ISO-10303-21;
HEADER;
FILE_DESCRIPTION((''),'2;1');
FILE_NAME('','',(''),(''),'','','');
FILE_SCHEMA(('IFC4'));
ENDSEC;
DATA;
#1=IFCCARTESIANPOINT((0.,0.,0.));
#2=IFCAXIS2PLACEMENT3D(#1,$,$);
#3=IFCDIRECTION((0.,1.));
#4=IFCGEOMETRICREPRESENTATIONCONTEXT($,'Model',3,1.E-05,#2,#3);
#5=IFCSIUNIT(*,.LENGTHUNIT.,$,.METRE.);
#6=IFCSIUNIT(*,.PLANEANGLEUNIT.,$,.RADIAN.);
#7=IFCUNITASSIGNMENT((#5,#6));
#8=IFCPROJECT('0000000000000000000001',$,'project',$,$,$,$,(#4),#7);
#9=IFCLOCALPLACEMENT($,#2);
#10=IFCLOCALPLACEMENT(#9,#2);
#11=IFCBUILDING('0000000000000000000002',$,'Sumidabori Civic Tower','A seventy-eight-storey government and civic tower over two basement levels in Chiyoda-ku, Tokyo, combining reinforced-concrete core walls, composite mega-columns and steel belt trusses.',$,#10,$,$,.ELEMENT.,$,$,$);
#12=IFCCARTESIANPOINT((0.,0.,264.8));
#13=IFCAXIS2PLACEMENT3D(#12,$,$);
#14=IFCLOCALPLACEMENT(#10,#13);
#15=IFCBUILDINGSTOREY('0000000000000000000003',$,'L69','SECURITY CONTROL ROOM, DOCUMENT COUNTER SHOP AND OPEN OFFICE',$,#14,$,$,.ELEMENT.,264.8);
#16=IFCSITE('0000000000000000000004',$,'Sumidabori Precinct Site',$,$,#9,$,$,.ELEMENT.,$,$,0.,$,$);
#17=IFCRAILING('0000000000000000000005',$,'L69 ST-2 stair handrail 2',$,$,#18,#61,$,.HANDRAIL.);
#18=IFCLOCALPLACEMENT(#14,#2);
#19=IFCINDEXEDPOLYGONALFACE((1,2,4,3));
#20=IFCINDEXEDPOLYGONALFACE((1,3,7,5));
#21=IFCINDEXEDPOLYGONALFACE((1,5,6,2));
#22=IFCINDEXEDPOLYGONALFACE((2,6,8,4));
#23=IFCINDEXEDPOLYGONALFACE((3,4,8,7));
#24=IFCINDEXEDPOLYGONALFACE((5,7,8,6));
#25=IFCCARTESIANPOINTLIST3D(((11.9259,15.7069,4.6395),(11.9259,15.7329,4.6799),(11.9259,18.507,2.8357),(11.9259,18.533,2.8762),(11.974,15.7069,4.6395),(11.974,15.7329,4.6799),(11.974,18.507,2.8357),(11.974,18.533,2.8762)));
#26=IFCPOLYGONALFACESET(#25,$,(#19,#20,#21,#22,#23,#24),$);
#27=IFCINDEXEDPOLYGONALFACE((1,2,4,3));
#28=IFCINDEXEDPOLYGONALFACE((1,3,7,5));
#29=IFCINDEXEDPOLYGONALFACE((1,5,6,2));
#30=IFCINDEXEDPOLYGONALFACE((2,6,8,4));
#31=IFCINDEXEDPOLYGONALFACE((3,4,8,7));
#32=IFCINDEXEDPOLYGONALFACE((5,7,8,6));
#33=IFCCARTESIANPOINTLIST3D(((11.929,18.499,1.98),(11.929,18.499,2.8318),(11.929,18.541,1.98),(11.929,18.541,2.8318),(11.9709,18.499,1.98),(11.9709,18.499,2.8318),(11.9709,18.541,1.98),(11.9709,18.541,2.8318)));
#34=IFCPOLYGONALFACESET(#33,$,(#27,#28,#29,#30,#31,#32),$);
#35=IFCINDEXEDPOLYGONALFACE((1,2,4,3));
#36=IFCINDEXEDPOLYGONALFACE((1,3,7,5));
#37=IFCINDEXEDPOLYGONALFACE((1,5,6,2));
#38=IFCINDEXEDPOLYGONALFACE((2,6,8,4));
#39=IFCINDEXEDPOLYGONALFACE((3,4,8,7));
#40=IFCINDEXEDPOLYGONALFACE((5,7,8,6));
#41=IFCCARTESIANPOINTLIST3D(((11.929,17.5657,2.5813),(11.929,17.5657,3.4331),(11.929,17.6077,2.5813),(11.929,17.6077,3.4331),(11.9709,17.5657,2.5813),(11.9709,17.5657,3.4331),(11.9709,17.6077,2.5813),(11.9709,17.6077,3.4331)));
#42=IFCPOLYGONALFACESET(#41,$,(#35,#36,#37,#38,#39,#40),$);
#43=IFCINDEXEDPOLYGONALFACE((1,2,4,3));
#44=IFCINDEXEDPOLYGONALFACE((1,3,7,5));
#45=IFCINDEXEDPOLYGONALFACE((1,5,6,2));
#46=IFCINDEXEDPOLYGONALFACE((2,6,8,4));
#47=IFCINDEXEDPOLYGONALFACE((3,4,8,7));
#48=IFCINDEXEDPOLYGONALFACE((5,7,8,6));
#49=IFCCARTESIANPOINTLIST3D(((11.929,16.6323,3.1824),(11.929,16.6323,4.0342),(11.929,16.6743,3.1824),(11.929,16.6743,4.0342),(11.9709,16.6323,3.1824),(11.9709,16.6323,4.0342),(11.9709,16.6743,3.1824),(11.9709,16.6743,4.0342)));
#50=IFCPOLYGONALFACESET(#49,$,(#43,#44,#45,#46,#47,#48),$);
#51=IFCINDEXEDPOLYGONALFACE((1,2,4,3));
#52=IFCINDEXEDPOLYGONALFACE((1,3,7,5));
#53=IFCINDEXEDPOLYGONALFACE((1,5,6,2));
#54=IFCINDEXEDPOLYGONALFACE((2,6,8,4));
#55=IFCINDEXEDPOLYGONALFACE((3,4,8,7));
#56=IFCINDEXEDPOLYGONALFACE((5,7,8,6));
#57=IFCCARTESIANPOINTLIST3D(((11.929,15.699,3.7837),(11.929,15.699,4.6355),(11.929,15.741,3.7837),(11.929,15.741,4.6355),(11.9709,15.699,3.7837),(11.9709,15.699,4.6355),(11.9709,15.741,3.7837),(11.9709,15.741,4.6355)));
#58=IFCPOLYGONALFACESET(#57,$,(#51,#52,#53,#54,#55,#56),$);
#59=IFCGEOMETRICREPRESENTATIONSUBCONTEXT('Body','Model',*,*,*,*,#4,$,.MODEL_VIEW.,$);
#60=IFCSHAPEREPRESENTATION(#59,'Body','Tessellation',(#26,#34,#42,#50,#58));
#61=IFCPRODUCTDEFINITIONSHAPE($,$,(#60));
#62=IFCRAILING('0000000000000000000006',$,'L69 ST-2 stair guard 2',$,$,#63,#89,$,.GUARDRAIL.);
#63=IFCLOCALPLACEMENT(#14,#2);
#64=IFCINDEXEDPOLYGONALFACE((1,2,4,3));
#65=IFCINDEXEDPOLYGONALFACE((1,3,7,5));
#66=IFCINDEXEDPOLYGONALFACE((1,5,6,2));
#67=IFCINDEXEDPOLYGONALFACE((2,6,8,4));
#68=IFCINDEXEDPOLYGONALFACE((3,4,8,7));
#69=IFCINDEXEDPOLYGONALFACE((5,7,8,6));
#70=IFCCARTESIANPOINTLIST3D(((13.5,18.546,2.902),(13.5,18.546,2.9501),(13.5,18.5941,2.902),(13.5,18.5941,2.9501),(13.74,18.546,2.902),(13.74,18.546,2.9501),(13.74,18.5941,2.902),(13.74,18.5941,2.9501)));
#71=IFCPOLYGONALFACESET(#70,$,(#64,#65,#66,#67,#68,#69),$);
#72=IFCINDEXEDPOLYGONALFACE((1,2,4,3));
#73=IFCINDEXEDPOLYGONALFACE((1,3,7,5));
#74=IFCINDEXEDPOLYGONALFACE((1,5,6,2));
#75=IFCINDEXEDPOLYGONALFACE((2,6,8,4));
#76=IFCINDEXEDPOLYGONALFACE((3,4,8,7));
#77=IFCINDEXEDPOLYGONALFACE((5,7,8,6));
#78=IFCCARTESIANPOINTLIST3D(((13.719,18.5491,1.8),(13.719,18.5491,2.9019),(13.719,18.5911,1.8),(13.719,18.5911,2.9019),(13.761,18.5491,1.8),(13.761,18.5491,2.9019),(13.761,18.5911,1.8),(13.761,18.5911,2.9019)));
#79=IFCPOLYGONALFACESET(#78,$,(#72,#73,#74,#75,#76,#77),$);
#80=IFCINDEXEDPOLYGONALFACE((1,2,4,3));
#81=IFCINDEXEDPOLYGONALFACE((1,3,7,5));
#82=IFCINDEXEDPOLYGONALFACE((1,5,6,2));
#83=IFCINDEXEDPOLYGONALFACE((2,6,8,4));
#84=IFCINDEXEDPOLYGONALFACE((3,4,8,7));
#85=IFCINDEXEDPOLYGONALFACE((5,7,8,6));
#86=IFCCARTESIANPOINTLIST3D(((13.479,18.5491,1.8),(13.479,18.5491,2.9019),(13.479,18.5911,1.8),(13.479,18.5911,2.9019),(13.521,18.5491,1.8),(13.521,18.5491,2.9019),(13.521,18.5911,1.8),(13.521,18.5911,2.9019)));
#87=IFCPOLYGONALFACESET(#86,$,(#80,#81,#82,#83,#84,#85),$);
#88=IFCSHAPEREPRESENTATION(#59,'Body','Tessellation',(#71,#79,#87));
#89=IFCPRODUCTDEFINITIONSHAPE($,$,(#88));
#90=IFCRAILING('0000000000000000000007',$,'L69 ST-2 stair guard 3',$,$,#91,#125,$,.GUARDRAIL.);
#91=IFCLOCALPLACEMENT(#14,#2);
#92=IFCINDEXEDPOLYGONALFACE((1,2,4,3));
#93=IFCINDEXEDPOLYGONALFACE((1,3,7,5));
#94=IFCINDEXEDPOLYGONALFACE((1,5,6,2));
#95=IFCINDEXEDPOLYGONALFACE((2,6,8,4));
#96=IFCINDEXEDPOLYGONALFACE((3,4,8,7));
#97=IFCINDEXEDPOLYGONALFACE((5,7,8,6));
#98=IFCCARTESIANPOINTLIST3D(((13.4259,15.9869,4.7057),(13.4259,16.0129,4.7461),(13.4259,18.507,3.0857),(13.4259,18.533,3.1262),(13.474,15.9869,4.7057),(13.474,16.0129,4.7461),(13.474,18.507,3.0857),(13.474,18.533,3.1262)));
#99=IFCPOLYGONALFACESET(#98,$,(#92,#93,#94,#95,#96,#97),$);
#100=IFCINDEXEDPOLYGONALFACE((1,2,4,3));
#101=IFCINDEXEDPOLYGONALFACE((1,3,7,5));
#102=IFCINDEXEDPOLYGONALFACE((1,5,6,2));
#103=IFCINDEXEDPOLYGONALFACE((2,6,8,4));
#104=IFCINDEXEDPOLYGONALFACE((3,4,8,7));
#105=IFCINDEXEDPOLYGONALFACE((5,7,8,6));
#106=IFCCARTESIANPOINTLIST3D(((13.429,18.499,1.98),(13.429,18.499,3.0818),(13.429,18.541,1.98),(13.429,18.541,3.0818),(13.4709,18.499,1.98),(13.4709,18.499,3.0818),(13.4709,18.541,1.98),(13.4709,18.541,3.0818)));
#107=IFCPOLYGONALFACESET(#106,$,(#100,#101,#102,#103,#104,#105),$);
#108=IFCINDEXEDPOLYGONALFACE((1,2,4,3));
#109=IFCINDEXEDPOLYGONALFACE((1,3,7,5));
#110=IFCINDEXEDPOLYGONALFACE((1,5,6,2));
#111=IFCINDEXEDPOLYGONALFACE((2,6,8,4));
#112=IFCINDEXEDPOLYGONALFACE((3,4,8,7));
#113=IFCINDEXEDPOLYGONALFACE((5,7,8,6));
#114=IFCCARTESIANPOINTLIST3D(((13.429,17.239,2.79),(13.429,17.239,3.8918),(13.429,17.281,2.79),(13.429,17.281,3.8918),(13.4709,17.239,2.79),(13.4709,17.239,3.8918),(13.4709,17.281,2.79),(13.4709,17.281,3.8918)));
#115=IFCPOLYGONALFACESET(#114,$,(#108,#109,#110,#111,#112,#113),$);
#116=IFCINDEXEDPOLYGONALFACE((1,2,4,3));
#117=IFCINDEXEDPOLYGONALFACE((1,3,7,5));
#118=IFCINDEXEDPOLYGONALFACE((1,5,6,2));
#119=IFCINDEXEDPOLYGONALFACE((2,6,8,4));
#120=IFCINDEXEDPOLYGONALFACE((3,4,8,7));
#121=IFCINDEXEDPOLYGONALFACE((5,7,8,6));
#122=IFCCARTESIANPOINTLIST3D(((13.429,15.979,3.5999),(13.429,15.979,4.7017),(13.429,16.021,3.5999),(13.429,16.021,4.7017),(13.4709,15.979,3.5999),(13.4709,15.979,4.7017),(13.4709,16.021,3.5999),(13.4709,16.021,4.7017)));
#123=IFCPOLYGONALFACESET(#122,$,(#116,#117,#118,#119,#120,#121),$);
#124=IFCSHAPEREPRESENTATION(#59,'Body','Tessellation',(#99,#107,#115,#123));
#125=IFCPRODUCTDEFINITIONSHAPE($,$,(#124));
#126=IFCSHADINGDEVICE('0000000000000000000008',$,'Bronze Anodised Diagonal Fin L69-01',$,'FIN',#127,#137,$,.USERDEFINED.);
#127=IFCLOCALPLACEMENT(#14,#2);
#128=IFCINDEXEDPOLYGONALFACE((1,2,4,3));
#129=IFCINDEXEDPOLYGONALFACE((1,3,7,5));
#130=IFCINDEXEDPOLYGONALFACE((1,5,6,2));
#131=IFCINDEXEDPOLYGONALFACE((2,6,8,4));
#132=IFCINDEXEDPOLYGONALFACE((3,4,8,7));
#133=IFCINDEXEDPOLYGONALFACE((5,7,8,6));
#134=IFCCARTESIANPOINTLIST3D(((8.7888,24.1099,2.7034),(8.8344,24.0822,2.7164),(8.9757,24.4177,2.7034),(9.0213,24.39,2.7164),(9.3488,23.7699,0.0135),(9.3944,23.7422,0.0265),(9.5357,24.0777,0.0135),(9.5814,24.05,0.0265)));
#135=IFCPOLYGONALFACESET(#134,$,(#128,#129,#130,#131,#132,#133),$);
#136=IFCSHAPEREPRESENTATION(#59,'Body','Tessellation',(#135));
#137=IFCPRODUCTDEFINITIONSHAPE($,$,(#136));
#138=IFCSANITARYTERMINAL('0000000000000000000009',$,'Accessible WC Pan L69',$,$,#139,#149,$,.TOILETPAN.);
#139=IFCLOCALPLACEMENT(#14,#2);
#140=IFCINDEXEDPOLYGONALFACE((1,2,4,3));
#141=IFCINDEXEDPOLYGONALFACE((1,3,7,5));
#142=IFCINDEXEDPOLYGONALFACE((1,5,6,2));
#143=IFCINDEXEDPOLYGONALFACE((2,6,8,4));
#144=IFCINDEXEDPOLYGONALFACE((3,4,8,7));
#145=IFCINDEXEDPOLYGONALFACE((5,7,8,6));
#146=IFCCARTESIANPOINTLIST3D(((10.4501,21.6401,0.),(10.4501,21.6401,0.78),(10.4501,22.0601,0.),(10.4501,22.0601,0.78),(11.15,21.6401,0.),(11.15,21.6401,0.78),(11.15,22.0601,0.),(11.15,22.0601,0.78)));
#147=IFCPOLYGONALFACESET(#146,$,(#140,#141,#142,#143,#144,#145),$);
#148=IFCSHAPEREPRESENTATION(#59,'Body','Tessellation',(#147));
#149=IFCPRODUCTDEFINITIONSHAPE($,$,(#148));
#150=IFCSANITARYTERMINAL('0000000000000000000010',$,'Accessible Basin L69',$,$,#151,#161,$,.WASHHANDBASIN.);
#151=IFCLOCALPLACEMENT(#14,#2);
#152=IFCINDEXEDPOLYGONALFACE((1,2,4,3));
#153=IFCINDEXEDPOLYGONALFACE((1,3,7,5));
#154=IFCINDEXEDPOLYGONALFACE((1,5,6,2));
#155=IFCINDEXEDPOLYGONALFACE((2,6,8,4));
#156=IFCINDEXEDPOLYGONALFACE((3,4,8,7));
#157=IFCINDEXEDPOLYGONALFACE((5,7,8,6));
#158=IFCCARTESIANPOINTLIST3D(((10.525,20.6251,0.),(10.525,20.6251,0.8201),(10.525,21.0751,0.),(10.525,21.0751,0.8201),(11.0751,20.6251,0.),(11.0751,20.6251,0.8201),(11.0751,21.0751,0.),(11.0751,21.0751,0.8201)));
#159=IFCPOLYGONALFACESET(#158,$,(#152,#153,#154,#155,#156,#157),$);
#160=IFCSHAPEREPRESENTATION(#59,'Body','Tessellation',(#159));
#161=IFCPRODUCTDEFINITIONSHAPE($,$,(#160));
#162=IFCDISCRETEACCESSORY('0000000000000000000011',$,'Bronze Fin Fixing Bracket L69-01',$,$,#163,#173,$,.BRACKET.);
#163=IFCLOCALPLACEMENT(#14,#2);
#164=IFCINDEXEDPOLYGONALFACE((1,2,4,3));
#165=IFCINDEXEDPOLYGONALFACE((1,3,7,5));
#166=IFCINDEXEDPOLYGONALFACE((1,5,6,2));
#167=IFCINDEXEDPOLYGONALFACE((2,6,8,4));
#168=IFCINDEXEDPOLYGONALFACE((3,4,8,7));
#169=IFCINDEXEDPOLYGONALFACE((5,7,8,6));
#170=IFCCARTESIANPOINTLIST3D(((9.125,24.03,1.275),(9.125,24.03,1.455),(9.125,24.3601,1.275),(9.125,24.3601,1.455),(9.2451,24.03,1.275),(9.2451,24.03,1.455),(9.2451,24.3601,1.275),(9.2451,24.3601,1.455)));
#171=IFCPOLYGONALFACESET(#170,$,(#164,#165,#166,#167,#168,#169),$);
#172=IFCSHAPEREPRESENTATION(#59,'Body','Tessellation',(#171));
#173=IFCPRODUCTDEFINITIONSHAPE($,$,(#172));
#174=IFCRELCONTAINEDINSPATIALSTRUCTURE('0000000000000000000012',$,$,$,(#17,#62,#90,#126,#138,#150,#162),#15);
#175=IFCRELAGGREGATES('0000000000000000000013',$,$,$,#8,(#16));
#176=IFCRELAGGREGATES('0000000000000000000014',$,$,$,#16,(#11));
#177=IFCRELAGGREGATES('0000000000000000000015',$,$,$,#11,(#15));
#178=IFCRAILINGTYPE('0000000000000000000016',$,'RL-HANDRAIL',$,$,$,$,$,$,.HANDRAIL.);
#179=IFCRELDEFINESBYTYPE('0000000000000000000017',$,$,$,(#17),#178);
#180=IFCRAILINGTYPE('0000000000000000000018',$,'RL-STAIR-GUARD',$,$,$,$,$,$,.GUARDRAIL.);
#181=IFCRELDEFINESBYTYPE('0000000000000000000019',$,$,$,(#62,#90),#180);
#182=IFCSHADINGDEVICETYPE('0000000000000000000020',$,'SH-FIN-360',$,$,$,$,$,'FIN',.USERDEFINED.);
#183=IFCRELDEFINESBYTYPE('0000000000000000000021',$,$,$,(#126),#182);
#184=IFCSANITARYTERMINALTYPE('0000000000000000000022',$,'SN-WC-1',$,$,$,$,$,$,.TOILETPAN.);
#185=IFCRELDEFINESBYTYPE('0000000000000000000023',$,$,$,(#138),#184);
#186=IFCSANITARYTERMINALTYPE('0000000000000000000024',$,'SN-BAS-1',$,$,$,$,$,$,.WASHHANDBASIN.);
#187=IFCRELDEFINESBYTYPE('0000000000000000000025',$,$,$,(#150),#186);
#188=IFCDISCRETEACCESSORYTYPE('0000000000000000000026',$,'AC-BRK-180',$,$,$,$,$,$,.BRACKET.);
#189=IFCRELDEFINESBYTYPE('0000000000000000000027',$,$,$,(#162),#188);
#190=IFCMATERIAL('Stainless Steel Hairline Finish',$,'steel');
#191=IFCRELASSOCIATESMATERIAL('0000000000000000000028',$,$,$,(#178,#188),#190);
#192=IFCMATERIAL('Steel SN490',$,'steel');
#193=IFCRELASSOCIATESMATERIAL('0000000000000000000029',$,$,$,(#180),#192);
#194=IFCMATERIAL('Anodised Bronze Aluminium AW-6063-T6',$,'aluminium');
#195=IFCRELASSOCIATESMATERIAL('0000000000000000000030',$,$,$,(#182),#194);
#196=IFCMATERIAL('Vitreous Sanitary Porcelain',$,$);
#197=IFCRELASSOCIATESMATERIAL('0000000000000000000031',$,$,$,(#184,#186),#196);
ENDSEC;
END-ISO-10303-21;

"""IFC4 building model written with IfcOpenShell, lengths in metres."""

from ifc_helpers import new_model, si_unit, direction, frame, origin, origin_2d, place, context, subcontext, project, spatial, rectangle, extrude, source, transform, mapped, material, material_profile, profile_set, type_object, element, save


model = new_model("IFC4")

# Units and contexts
model_context = context("Model", 3, precision=1e-05, world=origin(), true_north=direction((0.0, 1.0)))
body_context = subcontext(model_context, "Body", "Model", "MODEL_VIEW")
ifc_project = project(units=[si_unit("LENGTHUNIT", "METRE"), si_unit("PLANEANGLEUNIT", "RADIAN")], contexts=[model_context])

# Site, building, storey
site_placement = place(None, origin())
site = spatial("IfcSite", under=ifc_project, at=site_placement, Name="Sumidabori Precinct Site", CompositionType="ELEMENT", RefElevation=0.0)
building_placement = place(site_placement, origin())
building = spatial("IfcBuilding", under=site, at=building_placement, Name="Sumidabori Civic Tower", Description="A seventy-eight-storey government and civic tower over two basement levels in Chiyoda-ku, Tokyo, combining reinforced-concrete core walls, composite mega-columns and steel belt trusses.", CompositionType="ELEMENT")
storey_placement = place(building_placement, frame((0.0, 0.0, 264.8)))
storey = spatial("IfcBuildingStorey", under=building, at=storey_placement, Name="L69", Description="SECURITY CONTROL ROOM, DOCUMENT COUNTER SHOP AND OPEN OFFICE", CompositionType="ELEMENT", Elevation=264.8)

# Shared definitions
ifc_material_1 = material(Name="Steel SN490", Category="steel")

# Shared definitions
ifc_material_2 = material(Name="Anodised Bronze Aluminium AW-6063-T6", Category="aluminium")

# Railings
ifc_material_3 = material(Name="Stainless Steel Hairline Finish", Category="steel")
railing_type_1 = type_object("IfcRailingType", Name="RL-HANDRAIL", PredefinedType="HANDRAIL", material=ifc_material_3)
railing_1_placement = place(storey_placement, frame((11.95, 18.52, 1.98)))
element("IfcRailing", 1, at=railing_1_placement, inside=storey, type_object=railing_type_1, Name="L69 ST-2 stair handrail 2", PredefinedType="HANDRAIL", context=body_context, shape_type="SweptSolid", body=[
    extrude(rectangle(XDim=0.0481, YDim=0.0481, at=origin_2d()), frame((0.0, 0.0, 0.876), z_axis=(0.0, -0.840676, 0.541539), x_axis=(1.0, 0.0, 0.0)), (0.0, 0.0, 1.0), 3.3308),
    extrude(rectangle(XDim=0.042, YDim=0.042, at=origin_2d()), origin(), (0.0, 0.0, 1.0), 0.8518),
    extrude(rectangle(XDim=0.042, YDim=0.042, at=origin_2d()), frame((0.0, -0.9333, 0.6013)), (0.0, 0.0, 1.0), 0.8518),
    extrude(rectangle(XDim=0.042, YDim=0.042, at=origin_2d()), frame((0.0, -1.8667, 1.2024)), (0.0, 0.0, 1.0), 0.8518),
    extrude(rectangle(XDim=0.042, YDim=0.042, at=origin_2d()), frame((0.0, -2.8, 1.8037)), (0.0, 0.0, 1.0), 0.8518),
])
railing_type_2 = type_object("IfcRailingType", Name="RL-STAIR-GUARD", PredefinedType="GUARDRAIL", material=ifc_material_1)
railing_2_placement = place(storey_placement, frame((13.74, 18.5701, 1.8)))
element("IfcRailing", 2, at=railing_2_placement, inside=storey, type_object=railing_type_2, Name="L69 ST-2 stair guard 2", PredefinedType="GUARDRAIL", context=body_context, shape_type="SweptSolid", body=[
    extrude(rectangle(XDim=0.0481, YDim=0.0481, at=origin_2d()), frame((0.0, 0.0, 1.126), z_axis=(-1.0, 0.0, 0.0), x_axis=(0.0, -1.0, 0.0)), (0.0, 0.0, 1.0), 0.24),
    extrude(rectangle(XDim=0.042, YDim=0.042, at=origin_2d()), origin(), (0.0, 0.0, 1.0), 1.1018),
    extrude(rectangle(XDim=0.042, YDim=0.042, at=origin_2d()), frame((-0.24, 0.0, 0.0)), (0.0, 0.0, 1.0), 1.1018),
])
railing_3_placement = place(storey_placement, frame((13.45, 18.52, 1.98)))
element("IfcRailing", 3, at=railing_3_placement, inside=storey, type_object=railing_type_2, Name="L69 ST-2 stair guard 3", PredefinedType="GUARDRAIL", context=body_context, shape_type="SweptSolid", body=[
    extrude(rectangle(XDim=0.0481, YDim=0.0481, at=origin_2d()), frame((0.0, 0.0, 1.126), z_axis=(0.0, -0.8412, 0.540725), x_axis=(1.0, 0.0, 0.0)), (0.0, 0.0, 1.0), 2.9958),
    extrude(rectangle(XDim=0.042, YDim=0.042, at=origin_2d()), origin(), (0.0, 0.0, 1.0), 1.1018),
    extrude(rectangle(XDim=0.042, YDim=0.042, at=origin_2d()), frame((0.0, -1.26, 0.8101)), (0.0, 0.0, 1.0), 1.1018),
    extrude(rectangle(XDim=0.042, YDim=0.042, at=origin_2d()), frame((0.0, -2.52, 1.6199)), (0.0, 0.0, 1.0), 1.1018),
])

# Shading device
ifc_material_profile_1 = material_profile(ifc_material_2, rectangle(XDim=0.0549, YDim=0.3601, at=origin_2d()), Name="BRONZE FIN 360x55")
ifc_profile_set_1 = profile_set([ifc_material_profile_1], Name="Anodised Bronze Aluminium AW-6063-T6")
shading_device_type = type_object("IfcShadingDeviceType", Name="SH-FIN-360", ElementType="FIN", PredefinedType="USERDEFINED", material=ifc_profile_set_1)
shared_shape_1 = source(origin(), body_context, "Body", "SweptSolid", [
    extrude(rectangle(XDim=0.0549, YDim=0.3601, at=origin_2d()), origin(), (0.0, 0.0, 1.0), 2.7686),
])
shading_device_placement = place(storey_placement, frame((9.4651, 23.9099, 0.02), z_axis=(-0.20229, 0.122838, 0.971591), x_axis=(0.83047, -0.504291, 0.236665)))
element("IfcShadingDevice", 4, at=shading_device_placement, inside=storey, type_object=shading_device_type, Name="Bronze Anodised Diagonal Fin L69-01", ObjectType="FIN", PredefinedType="USERDEFINED", context=body_context, shape_type="MappedRepresentation", body=[
    mapped(shared_shape_1, transform((0.0, 0.0, 0.0), x_axis=(1.0, 0.0, 0.0), y_axis=(0.0, 1.0, 0.0), z_axis=(0.0, 0.0, 1.0), scale=1.0)),
])

# Sanitary terminals
ifc_material_4 = material(Name="Vitreous Sanitary Porcelain")
sanitary_terminal_type_1 = type_object("IfcSanitaryTerminalType", Name="SN-WC-1", PredefinedType="TOILETPAN", material=ifc_material_4)
shared_shape_2 = source(origin(), body_context, "Body", "SweptSolid", [
    extrude(rectangle(XDim=0.7, YDim=0.4199, at=origin_2d()), origin(), (0.0, 0.0, 1.0), 0.78),
])
sanitary_terminal_1_placement = place(storey_placement, frame((10.8, 21.8501, 0.0), z_axis=(0.0, 0.0, 1.0), x_axis=(1.0, 0.0, 0.0)))
element("IfcSanitaryTerminal", 5, at=sanitary_terminal_1_placement, inside=storey, type_object=sanitary_terminal_type_1, Name="Accessible WC Pan L69", PredefinedType="TOILETPAN", context=body_context, shape_type="MappedRepresentation", body=[
    mapped(shared_shape_2, transform((0.0, 0.0, 0.0), x_axis=(1.0, 0.0, 0.0), y_axis=(0.0, 1.0, 0.0), z_axis=(0.0, 0.0, 1.0), scale=1.0)),
])
sanitary_terminal_type_2 = type_object("IfcSanitaryTerminalType", Name="SN-BAS-1", PredefinedType="WASHHANDBASIN", material=ifc_material_4)
shared_shape_3 = source(origin(), body_context, "Body", "SweptSolid", [
    extrude(rectangle(XDim=0.55, YDim=0.45, at=origin_2d()), origin(), (0.0, 0.0, 1.0), 0.8201),
])
sanitary_terminal_2_placement = place(storey_placement, frame((10.8, 20.8501, 0.0), z_axis=(0.0, 0.0, 1.0), x_axis=(1.0, 0.0, 0.0)))
element("IfcSanitaryTerminal", 6, at=sanitary_terminal_2_placement, inside=storey, type_object=sanitary_terminal_type_2, Name="Accessible Basin L69", PredefinedType="WASHHANDBASIN", context=body_context, shape_type="MappedRepresentation", body=[
    mapped(shared_shape_3, transform((0.0, 0.0, 0.0), x_axis=(1.0, 0.0, 0.0), y_axis=(0.0, 1.0, 0.0), z_axis=(0.0, 0.0, 1.0), scale=1.0)),
])

# Discrete accessory
ifc_material_profile_2 = material_profile(ifc_material_3, rectangle(XDim=0.1201, YDim=0.1799, at=origin_2d()), Name="STEEL BRACKET 180x120")
ifc_profile_set_2 = profile_set([ifc_material_profile_2], Name="Stainless Steel Hairline Finish")
discrete_accessory_type = type_object("IfcDiscreteAccessoryType", Name="AC-BRK-180", PredefinedType="BRACKET", material=ifc_profile_set_2)
shared_shape_4 = source(origin(), body_context, "Body", "SweptSolid", [
    extrude(rectangle(XDim=0.1201, YDim=0.1799, at=origin_2d()), origin(), (0.0, 0.0, 1.0), 0.3301),
])
discrete_accessory_placement = place(storey_placement, frame((9.1851, 24.03, 1.365), z_axis=(0.0, 1.0, 0.0), x_axis=(-1.0, 0.0, 0.0)))
element("IfcDiscreteAccessory", 7, at=discrete_accessory_placement, inside=storey, type_object=discrete_accessory_type, Name="Bronze Fin Fixing Bracket L69-01", PredefinedType="BRACKET", context=body_context, shape_type="MappedRepresentation", body=[
    mapped(shared_shape_4, transform((0.0, 0.0, 0.0), x_axis=(1.0, 0.0, 0.0), y_axis=(0.0, 1.0, 0.0), z_axis=(0.0, 0.0, 1.0), scale=1.0)),
])

save(model, "model.ifc")
